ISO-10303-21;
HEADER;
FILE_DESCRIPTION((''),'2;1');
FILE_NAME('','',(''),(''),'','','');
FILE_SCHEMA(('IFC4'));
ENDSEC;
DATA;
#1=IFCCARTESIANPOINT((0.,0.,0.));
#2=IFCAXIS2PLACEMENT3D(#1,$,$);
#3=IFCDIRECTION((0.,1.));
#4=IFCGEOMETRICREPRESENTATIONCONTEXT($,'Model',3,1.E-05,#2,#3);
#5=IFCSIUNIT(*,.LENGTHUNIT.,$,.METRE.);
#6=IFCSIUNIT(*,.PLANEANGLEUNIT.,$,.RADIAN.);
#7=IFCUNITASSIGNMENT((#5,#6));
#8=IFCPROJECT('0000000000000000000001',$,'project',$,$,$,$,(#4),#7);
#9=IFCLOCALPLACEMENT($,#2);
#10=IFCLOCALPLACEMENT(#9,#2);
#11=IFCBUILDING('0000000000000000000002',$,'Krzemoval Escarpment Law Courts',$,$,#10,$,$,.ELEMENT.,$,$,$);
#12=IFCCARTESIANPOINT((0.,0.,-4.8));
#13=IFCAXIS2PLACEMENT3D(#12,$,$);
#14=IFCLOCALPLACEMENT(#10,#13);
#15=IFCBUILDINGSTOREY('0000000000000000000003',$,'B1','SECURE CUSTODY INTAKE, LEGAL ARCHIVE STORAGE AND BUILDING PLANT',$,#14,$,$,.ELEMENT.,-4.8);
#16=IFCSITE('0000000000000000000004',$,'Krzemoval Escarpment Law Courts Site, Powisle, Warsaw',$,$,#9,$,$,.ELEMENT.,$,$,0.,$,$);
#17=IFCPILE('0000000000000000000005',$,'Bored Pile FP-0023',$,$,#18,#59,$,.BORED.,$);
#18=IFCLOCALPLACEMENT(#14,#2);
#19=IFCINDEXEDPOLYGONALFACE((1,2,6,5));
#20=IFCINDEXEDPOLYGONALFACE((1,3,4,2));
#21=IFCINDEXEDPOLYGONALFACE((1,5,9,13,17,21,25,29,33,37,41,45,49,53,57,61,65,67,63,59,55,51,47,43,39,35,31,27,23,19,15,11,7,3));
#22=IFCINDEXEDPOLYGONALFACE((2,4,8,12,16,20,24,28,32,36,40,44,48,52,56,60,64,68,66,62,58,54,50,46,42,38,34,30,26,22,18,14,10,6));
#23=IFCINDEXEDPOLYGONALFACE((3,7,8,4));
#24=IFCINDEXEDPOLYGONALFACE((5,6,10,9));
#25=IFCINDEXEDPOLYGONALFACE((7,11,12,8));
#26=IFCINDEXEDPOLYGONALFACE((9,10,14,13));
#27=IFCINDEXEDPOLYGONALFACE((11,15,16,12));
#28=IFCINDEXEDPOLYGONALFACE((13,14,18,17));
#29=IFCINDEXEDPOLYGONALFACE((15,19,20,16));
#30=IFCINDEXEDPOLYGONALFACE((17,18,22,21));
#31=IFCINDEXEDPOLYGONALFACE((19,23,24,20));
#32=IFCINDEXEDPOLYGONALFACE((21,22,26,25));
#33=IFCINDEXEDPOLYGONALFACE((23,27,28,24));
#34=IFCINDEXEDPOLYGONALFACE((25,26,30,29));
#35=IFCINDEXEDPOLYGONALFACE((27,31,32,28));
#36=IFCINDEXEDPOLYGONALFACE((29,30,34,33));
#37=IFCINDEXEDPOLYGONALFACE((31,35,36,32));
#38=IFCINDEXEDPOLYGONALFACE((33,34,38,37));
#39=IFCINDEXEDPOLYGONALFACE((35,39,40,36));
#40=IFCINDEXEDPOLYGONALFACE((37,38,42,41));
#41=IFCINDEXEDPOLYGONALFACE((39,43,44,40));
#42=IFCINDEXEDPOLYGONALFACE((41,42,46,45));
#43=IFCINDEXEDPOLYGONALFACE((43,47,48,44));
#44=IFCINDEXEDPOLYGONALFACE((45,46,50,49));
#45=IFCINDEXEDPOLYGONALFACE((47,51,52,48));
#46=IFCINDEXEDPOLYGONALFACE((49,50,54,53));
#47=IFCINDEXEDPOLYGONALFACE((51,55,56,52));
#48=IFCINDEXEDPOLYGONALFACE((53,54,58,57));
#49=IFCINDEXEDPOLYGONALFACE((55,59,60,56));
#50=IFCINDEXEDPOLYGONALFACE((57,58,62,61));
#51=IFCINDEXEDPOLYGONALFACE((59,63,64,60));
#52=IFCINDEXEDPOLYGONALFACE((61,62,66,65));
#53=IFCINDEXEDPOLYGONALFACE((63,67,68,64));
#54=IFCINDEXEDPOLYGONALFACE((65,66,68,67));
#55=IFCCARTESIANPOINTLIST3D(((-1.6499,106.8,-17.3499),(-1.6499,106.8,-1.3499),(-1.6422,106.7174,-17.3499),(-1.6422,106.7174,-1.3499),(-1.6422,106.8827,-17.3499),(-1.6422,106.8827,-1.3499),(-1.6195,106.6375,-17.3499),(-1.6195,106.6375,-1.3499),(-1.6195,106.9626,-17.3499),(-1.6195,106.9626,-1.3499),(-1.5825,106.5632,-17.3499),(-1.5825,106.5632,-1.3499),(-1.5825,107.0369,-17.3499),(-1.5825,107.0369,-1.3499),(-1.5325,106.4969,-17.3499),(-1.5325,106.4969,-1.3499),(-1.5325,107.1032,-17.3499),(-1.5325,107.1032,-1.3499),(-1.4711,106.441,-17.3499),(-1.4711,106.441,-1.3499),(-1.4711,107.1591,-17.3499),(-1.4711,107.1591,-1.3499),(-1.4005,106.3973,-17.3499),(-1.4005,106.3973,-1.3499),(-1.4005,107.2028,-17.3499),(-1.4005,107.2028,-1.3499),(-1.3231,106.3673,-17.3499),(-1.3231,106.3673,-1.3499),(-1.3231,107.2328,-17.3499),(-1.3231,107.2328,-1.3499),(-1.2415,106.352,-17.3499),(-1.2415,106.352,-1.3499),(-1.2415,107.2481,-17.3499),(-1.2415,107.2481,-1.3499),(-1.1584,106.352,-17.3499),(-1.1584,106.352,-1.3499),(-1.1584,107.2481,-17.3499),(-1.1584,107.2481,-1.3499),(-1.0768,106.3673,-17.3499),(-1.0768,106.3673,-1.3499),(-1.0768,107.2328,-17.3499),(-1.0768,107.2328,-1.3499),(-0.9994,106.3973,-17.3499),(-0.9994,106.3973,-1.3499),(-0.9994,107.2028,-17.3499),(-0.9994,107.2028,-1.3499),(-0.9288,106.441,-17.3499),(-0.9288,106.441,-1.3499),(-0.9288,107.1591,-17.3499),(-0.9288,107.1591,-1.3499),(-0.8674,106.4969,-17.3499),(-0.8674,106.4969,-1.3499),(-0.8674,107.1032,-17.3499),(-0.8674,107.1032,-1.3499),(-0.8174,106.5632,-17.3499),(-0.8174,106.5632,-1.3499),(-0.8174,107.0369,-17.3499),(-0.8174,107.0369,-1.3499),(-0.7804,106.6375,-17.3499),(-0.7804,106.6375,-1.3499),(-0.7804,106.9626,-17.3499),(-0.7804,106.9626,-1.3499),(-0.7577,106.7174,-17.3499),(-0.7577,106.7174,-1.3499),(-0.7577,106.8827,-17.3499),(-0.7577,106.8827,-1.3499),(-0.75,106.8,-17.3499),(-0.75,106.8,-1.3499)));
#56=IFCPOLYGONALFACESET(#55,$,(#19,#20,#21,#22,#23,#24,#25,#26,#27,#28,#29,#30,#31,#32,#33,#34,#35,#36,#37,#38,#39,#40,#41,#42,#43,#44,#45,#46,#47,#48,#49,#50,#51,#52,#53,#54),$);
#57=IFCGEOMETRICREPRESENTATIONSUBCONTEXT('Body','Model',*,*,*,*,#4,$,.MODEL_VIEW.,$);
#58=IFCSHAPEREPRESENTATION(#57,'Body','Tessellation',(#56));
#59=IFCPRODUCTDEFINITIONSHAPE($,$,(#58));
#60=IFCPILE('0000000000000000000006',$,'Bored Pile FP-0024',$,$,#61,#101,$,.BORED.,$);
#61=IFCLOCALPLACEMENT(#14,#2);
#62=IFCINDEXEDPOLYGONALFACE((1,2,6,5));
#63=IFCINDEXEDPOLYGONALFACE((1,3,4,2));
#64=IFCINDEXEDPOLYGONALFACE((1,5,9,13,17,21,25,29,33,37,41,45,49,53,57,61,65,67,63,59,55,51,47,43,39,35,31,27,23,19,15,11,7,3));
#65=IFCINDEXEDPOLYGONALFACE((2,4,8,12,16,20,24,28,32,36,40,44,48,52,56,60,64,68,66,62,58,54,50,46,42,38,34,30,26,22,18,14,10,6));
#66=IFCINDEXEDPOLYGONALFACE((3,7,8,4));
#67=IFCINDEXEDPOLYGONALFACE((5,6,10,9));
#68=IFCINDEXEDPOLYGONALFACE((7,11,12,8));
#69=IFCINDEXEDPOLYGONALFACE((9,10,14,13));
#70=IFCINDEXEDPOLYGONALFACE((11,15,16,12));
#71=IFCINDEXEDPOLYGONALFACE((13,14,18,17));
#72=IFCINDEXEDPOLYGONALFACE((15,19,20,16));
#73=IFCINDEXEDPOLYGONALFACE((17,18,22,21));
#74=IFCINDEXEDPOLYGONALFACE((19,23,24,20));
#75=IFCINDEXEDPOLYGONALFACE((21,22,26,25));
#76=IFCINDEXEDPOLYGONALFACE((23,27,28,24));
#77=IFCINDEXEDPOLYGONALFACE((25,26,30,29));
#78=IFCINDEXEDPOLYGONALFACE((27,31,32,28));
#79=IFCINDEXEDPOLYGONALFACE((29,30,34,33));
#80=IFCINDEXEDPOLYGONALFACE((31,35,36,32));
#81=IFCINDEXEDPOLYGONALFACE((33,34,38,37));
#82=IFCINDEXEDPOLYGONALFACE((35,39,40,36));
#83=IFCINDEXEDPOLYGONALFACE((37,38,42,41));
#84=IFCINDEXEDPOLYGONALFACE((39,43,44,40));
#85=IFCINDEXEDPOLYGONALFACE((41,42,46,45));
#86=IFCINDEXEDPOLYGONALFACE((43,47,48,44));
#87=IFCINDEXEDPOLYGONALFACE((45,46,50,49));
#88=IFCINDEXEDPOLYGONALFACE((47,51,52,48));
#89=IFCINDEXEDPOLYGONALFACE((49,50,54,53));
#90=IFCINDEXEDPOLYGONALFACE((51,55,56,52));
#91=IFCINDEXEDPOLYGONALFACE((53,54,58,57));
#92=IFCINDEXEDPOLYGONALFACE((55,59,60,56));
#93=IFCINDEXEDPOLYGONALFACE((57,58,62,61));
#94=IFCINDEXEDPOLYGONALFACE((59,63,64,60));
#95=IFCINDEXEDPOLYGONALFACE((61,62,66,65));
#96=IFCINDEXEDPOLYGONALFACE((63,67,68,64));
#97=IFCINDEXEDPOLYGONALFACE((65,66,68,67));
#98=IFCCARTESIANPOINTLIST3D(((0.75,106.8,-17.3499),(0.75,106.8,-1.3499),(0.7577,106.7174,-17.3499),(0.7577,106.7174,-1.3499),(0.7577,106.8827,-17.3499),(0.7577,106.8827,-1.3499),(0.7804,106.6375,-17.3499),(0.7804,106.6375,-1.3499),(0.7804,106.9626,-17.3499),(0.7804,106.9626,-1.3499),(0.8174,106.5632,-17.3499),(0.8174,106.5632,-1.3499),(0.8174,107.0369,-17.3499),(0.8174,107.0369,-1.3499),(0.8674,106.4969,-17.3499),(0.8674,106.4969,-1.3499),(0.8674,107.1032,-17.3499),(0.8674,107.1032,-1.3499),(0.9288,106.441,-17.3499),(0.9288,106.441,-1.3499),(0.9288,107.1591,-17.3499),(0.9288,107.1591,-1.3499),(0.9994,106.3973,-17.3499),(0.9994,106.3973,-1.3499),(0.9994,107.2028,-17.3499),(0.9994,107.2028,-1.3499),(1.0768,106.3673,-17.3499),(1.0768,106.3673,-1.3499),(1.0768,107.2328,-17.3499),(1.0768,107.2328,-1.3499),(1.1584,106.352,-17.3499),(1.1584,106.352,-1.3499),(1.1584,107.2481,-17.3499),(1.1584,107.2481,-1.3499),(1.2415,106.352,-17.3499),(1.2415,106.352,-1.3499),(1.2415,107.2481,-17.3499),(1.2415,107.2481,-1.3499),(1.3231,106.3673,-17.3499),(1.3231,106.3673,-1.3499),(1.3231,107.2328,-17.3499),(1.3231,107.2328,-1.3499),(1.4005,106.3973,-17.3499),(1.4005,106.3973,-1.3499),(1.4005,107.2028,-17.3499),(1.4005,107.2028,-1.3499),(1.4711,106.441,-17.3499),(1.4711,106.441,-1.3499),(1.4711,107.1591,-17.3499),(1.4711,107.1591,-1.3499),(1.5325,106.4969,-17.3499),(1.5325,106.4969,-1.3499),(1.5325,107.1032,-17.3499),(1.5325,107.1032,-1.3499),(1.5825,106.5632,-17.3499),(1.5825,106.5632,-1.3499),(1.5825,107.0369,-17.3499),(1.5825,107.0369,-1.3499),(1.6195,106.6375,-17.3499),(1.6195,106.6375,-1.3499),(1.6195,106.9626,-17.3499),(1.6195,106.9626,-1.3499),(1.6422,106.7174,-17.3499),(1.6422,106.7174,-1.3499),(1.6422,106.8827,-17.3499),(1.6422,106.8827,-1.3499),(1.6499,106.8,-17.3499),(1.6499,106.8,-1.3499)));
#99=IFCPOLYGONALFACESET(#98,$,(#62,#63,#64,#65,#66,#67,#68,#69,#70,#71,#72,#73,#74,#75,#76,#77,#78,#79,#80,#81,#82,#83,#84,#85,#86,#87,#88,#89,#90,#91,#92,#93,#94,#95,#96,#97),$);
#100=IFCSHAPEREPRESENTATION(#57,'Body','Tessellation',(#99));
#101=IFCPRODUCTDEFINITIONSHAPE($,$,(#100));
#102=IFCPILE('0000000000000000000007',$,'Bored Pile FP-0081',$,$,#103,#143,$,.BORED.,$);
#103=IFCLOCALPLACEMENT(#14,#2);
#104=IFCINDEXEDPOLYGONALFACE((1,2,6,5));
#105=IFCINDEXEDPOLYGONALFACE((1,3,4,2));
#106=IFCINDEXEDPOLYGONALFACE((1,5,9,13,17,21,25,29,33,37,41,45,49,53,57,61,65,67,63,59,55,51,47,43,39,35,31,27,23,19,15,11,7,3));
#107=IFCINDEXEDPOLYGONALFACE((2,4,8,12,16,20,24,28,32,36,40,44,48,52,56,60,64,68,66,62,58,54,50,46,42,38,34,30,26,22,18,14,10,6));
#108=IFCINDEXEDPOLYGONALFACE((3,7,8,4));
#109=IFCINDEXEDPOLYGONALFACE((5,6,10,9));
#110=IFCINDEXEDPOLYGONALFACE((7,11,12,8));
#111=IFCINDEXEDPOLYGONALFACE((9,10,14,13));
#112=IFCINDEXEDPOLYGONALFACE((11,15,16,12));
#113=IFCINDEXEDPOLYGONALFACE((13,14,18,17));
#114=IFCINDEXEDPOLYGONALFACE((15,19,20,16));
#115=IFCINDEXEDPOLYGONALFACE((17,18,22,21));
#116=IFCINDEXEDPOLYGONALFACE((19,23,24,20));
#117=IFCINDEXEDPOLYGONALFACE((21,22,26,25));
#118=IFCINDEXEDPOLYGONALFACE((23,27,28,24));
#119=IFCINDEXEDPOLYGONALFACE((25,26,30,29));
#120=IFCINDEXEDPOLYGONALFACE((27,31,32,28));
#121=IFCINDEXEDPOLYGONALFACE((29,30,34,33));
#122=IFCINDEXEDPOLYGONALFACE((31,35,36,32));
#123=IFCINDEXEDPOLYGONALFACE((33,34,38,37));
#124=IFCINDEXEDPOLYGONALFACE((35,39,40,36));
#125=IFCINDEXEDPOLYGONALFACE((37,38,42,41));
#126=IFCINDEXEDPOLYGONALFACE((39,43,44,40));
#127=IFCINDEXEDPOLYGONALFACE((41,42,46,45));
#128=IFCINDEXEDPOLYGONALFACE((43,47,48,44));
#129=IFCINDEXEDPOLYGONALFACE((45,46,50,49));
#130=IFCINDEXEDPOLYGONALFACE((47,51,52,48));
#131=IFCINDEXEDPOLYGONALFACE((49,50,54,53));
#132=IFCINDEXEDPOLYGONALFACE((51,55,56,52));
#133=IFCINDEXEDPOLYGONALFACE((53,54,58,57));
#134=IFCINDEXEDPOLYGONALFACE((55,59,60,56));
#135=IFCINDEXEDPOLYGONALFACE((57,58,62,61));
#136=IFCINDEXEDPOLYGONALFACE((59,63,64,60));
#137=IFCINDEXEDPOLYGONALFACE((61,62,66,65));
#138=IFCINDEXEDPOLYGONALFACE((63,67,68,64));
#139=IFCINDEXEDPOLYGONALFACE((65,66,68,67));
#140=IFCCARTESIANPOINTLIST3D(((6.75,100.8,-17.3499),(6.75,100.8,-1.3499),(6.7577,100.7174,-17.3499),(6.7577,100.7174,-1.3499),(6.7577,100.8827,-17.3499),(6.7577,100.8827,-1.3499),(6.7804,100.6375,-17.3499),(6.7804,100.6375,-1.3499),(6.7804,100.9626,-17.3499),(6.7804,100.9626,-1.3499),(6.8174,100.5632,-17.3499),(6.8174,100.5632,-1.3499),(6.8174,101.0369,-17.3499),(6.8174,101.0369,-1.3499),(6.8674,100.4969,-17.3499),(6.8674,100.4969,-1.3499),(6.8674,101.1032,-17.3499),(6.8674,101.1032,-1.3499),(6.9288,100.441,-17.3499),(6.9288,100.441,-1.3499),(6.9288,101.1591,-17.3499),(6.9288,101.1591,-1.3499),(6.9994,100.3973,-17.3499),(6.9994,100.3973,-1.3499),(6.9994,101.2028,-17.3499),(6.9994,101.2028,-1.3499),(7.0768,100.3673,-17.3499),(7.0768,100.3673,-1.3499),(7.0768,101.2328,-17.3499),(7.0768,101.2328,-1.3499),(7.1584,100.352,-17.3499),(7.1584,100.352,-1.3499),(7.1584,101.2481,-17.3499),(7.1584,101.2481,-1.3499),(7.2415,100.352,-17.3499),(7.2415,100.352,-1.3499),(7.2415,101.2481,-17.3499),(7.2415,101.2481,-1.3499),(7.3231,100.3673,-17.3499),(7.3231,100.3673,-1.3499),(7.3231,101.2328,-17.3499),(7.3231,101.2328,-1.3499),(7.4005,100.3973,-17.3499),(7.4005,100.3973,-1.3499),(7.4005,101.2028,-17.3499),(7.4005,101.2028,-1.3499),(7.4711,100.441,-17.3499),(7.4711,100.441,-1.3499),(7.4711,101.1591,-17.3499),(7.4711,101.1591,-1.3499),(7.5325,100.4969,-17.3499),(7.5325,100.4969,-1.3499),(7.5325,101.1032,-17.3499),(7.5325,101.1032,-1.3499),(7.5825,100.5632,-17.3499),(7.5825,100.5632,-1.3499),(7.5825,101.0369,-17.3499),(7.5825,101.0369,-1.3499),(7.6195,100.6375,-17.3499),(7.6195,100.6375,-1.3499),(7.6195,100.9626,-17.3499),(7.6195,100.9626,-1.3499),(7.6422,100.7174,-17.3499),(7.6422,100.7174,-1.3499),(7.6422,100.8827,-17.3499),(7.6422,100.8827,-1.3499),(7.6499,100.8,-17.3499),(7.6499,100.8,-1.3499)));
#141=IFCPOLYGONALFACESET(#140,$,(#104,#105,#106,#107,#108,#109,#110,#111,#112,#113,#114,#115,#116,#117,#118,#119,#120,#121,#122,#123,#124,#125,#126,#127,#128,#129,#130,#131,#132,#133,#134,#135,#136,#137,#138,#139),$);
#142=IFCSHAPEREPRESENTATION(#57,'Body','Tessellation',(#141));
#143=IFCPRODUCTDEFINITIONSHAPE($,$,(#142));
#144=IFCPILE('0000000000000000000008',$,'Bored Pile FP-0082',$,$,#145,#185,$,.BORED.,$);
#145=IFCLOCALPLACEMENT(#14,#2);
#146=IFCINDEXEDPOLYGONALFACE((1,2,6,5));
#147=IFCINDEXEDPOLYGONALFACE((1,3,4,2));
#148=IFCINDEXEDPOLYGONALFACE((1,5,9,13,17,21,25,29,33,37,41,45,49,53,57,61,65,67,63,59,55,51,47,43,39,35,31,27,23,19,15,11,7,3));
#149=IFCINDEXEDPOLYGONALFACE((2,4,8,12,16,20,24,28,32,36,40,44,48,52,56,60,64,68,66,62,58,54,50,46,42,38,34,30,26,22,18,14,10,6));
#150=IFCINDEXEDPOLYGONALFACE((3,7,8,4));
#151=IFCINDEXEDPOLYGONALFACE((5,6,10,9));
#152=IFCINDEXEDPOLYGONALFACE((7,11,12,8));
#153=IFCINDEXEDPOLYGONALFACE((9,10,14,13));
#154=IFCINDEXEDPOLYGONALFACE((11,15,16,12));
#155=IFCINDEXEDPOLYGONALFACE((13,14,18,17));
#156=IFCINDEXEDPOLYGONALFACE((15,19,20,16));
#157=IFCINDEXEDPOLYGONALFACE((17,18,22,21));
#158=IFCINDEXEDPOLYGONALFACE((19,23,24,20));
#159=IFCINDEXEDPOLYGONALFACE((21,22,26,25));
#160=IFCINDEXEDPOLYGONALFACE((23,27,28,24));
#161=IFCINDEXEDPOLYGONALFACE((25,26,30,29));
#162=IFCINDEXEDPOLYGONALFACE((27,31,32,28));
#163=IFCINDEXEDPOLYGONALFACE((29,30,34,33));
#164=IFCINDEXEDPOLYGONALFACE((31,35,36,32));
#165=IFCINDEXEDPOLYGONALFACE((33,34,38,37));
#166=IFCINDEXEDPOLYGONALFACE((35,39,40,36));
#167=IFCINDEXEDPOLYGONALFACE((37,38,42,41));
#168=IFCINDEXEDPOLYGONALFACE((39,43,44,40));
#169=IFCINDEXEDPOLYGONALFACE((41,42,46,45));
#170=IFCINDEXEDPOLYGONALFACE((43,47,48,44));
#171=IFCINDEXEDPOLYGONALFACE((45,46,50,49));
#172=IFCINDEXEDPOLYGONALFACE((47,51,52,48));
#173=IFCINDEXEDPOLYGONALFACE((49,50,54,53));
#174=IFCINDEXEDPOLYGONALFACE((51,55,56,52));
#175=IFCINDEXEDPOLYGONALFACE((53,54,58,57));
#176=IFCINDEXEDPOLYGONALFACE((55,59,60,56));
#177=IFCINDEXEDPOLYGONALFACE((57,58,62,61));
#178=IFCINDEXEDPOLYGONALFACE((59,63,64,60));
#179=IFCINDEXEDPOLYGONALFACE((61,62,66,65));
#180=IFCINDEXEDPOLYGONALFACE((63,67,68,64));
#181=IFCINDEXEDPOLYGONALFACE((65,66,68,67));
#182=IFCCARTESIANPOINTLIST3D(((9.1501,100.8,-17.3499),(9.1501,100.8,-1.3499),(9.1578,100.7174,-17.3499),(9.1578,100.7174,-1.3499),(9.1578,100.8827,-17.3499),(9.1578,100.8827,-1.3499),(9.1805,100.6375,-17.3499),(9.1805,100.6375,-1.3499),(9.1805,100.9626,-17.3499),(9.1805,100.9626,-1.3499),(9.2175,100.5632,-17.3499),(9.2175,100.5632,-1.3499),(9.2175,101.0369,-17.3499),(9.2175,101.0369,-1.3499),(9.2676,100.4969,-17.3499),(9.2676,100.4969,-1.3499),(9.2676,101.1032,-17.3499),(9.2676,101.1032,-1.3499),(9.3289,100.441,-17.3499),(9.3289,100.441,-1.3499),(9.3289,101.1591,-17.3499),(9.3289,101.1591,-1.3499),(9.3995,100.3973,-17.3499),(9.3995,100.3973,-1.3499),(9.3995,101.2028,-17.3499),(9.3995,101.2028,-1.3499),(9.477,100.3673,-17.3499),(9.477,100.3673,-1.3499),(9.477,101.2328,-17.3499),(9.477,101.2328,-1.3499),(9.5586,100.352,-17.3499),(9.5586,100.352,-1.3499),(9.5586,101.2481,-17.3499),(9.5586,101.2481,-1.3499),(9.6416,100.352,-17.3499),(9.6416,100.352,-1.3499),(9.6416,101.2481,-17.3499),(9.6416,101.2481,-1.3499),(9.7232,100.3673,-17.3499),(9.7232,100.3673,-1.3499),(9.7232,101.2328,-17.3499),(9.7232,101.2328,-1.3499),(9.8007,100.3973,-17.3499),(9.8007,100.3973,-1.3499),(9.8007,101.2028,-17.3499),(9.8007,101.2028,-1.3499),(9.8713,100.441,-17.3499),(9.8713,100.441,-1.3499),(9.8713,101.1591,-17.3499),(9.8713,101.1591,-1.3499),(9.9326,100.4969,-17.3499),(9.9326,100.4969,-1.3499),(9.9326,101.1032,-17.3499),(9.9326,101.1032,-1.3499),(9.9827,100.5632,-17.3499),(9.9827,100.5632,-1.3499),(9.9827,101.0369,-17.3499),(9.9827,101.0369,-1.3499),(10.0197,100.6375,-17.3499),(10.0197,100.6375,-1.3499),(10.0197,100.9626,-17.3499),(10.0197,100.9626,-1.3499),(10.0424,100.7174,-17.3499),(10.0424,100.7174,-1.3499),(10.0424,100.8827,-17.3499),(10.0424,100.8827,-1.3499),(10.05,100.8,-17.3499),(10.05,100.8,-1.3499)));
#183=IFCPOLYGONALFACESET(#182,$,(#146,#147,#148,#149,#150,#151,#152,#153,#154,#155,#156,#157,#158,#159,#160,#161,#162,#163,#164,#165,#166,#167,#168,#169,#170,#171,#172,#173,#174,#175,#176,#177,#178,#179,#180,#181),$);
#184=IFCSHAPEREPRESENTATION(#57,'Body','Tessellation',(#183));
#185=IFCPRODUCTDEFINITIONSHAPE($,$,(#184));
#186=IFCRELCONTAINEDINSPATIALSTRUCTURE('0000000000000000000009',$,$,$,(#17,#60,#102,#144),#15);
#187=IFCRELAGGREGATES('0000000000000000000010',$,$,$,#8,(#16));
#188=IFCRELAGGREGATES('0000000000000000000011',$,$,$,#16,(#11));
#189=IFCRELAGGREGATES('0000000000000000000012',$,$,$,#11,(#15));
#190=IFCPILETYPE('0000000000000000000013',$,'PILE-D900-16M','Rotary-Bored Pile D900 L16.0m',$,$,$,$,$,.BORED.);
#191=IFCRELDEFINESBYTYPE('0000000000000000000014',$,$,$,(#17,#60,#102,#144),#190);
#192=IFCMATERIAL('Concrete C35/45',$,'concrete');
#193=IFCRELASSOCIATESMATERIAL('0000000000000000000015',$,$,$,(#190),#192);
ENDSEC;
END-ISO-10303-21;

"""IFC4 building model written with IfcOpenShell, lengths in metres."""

from ifc_helpers import new_model, si_unit, direction, frame, origin, origin_2d, place, context, subcontext, project, spatial, circle, extrude, material, material_profile, profile_set, type_object, element, save


model = new_model("IFC4")

# Units and contexts
model_context = context("Model", 3, precision=1e-05, world=origin(), true_north=direction((0.0, 1.0)))
body_context = subcontext(model_context, "Body", "Model", "MODEL_VIEW")
ifc_project = project(units=[si_unit("LENGTHUNIT", "METRE"), si_unit("PLANEANGLEUNIT", "RADIAN")], contexts=[model_context])

# Site, building, storey
site_placement = place(None, origin())
site = spatial("IfcSite", under=ifc_project, at=site_placement, Name="Krzemoval Escarpment Law Courts Site, Powisle, Warsaw", CompositionType="ELEMENT", RefElevation=0.0)
building_placement = place(site_placement, origin())
building = spatial("IfcBuilding", under=site, at=building_placement, Name="Krzemoval Escarpment Law Courts", CompositionType="ELEMENT")
storey_placement = place(building_placement, frame((0.0, 0.0, -4.8)))
storey = spatial("IfcBuildingStorey", under=building, at=storey_placement, Name="B1", Description="SECURE CUSTODY INTAKE, LEGAL ARCHIVE STORAGE AND BUILDING PLANT", CompositionType="ELEMENT", Elevation=-4.8)

# Piles
ifc_material_1 = material(Name="Concrete C35/45", Category="concrete")
ifc_material_profile_1 = material_profile(ifc_material_1, circle(Radius=0.45, at=origin_2d()), Name="PILE D900")
ifc_profile_set_1 = profile_set([ifc_material_profile_1], Name="Concrete C35/45")
pile_type = type_object("IfcPileType", Name="PILE-D900-16M", Description="Rotary-Bored Pile D900 L16.0m", PredefinedType="BORED", material=ifc_profile_set_1)
for number, where, z_axis, x_axis, name in (
    (1, (-1.2, 106.8, -1.3499), (0.0, 0.0, -1.0), (1.0, 0.0, 0.0), "Bored Pile FP-0023"),
    (2, (1.2, 106.8, -1.3499), (0.0, 0.0, -1.0), (1.0, 0.0, 0.0), "Bored Pile FP-0024"),
    (3, (7.2, 100.8, -1.3499), (0.0, 0.0, -1.0), (1.0, 0.0, 0.0), "Bored Pile FP-0081"),
    (4, (9.6001, 100.8, -1.3499), (0.0, 0.0, -1.0), (1.0, 0.0, 0.0), "Bored Pile FP-0082"),
):
    element("IfcPile", number, at=place(storey_placement, frame(where, z_axis=z_axis, x_axis=x_axis)), inside=storey, type_object=pile_type, Name=name, PredefinedType="BORED", context=body_context, shape_type="SweptSolid", body=[
        extrude(circle(Radius=0.45, at=origin_2d()), origin(), (0.0, 0.0, 1.0), 16.0),
    ])

save(model, "model.ifc")
